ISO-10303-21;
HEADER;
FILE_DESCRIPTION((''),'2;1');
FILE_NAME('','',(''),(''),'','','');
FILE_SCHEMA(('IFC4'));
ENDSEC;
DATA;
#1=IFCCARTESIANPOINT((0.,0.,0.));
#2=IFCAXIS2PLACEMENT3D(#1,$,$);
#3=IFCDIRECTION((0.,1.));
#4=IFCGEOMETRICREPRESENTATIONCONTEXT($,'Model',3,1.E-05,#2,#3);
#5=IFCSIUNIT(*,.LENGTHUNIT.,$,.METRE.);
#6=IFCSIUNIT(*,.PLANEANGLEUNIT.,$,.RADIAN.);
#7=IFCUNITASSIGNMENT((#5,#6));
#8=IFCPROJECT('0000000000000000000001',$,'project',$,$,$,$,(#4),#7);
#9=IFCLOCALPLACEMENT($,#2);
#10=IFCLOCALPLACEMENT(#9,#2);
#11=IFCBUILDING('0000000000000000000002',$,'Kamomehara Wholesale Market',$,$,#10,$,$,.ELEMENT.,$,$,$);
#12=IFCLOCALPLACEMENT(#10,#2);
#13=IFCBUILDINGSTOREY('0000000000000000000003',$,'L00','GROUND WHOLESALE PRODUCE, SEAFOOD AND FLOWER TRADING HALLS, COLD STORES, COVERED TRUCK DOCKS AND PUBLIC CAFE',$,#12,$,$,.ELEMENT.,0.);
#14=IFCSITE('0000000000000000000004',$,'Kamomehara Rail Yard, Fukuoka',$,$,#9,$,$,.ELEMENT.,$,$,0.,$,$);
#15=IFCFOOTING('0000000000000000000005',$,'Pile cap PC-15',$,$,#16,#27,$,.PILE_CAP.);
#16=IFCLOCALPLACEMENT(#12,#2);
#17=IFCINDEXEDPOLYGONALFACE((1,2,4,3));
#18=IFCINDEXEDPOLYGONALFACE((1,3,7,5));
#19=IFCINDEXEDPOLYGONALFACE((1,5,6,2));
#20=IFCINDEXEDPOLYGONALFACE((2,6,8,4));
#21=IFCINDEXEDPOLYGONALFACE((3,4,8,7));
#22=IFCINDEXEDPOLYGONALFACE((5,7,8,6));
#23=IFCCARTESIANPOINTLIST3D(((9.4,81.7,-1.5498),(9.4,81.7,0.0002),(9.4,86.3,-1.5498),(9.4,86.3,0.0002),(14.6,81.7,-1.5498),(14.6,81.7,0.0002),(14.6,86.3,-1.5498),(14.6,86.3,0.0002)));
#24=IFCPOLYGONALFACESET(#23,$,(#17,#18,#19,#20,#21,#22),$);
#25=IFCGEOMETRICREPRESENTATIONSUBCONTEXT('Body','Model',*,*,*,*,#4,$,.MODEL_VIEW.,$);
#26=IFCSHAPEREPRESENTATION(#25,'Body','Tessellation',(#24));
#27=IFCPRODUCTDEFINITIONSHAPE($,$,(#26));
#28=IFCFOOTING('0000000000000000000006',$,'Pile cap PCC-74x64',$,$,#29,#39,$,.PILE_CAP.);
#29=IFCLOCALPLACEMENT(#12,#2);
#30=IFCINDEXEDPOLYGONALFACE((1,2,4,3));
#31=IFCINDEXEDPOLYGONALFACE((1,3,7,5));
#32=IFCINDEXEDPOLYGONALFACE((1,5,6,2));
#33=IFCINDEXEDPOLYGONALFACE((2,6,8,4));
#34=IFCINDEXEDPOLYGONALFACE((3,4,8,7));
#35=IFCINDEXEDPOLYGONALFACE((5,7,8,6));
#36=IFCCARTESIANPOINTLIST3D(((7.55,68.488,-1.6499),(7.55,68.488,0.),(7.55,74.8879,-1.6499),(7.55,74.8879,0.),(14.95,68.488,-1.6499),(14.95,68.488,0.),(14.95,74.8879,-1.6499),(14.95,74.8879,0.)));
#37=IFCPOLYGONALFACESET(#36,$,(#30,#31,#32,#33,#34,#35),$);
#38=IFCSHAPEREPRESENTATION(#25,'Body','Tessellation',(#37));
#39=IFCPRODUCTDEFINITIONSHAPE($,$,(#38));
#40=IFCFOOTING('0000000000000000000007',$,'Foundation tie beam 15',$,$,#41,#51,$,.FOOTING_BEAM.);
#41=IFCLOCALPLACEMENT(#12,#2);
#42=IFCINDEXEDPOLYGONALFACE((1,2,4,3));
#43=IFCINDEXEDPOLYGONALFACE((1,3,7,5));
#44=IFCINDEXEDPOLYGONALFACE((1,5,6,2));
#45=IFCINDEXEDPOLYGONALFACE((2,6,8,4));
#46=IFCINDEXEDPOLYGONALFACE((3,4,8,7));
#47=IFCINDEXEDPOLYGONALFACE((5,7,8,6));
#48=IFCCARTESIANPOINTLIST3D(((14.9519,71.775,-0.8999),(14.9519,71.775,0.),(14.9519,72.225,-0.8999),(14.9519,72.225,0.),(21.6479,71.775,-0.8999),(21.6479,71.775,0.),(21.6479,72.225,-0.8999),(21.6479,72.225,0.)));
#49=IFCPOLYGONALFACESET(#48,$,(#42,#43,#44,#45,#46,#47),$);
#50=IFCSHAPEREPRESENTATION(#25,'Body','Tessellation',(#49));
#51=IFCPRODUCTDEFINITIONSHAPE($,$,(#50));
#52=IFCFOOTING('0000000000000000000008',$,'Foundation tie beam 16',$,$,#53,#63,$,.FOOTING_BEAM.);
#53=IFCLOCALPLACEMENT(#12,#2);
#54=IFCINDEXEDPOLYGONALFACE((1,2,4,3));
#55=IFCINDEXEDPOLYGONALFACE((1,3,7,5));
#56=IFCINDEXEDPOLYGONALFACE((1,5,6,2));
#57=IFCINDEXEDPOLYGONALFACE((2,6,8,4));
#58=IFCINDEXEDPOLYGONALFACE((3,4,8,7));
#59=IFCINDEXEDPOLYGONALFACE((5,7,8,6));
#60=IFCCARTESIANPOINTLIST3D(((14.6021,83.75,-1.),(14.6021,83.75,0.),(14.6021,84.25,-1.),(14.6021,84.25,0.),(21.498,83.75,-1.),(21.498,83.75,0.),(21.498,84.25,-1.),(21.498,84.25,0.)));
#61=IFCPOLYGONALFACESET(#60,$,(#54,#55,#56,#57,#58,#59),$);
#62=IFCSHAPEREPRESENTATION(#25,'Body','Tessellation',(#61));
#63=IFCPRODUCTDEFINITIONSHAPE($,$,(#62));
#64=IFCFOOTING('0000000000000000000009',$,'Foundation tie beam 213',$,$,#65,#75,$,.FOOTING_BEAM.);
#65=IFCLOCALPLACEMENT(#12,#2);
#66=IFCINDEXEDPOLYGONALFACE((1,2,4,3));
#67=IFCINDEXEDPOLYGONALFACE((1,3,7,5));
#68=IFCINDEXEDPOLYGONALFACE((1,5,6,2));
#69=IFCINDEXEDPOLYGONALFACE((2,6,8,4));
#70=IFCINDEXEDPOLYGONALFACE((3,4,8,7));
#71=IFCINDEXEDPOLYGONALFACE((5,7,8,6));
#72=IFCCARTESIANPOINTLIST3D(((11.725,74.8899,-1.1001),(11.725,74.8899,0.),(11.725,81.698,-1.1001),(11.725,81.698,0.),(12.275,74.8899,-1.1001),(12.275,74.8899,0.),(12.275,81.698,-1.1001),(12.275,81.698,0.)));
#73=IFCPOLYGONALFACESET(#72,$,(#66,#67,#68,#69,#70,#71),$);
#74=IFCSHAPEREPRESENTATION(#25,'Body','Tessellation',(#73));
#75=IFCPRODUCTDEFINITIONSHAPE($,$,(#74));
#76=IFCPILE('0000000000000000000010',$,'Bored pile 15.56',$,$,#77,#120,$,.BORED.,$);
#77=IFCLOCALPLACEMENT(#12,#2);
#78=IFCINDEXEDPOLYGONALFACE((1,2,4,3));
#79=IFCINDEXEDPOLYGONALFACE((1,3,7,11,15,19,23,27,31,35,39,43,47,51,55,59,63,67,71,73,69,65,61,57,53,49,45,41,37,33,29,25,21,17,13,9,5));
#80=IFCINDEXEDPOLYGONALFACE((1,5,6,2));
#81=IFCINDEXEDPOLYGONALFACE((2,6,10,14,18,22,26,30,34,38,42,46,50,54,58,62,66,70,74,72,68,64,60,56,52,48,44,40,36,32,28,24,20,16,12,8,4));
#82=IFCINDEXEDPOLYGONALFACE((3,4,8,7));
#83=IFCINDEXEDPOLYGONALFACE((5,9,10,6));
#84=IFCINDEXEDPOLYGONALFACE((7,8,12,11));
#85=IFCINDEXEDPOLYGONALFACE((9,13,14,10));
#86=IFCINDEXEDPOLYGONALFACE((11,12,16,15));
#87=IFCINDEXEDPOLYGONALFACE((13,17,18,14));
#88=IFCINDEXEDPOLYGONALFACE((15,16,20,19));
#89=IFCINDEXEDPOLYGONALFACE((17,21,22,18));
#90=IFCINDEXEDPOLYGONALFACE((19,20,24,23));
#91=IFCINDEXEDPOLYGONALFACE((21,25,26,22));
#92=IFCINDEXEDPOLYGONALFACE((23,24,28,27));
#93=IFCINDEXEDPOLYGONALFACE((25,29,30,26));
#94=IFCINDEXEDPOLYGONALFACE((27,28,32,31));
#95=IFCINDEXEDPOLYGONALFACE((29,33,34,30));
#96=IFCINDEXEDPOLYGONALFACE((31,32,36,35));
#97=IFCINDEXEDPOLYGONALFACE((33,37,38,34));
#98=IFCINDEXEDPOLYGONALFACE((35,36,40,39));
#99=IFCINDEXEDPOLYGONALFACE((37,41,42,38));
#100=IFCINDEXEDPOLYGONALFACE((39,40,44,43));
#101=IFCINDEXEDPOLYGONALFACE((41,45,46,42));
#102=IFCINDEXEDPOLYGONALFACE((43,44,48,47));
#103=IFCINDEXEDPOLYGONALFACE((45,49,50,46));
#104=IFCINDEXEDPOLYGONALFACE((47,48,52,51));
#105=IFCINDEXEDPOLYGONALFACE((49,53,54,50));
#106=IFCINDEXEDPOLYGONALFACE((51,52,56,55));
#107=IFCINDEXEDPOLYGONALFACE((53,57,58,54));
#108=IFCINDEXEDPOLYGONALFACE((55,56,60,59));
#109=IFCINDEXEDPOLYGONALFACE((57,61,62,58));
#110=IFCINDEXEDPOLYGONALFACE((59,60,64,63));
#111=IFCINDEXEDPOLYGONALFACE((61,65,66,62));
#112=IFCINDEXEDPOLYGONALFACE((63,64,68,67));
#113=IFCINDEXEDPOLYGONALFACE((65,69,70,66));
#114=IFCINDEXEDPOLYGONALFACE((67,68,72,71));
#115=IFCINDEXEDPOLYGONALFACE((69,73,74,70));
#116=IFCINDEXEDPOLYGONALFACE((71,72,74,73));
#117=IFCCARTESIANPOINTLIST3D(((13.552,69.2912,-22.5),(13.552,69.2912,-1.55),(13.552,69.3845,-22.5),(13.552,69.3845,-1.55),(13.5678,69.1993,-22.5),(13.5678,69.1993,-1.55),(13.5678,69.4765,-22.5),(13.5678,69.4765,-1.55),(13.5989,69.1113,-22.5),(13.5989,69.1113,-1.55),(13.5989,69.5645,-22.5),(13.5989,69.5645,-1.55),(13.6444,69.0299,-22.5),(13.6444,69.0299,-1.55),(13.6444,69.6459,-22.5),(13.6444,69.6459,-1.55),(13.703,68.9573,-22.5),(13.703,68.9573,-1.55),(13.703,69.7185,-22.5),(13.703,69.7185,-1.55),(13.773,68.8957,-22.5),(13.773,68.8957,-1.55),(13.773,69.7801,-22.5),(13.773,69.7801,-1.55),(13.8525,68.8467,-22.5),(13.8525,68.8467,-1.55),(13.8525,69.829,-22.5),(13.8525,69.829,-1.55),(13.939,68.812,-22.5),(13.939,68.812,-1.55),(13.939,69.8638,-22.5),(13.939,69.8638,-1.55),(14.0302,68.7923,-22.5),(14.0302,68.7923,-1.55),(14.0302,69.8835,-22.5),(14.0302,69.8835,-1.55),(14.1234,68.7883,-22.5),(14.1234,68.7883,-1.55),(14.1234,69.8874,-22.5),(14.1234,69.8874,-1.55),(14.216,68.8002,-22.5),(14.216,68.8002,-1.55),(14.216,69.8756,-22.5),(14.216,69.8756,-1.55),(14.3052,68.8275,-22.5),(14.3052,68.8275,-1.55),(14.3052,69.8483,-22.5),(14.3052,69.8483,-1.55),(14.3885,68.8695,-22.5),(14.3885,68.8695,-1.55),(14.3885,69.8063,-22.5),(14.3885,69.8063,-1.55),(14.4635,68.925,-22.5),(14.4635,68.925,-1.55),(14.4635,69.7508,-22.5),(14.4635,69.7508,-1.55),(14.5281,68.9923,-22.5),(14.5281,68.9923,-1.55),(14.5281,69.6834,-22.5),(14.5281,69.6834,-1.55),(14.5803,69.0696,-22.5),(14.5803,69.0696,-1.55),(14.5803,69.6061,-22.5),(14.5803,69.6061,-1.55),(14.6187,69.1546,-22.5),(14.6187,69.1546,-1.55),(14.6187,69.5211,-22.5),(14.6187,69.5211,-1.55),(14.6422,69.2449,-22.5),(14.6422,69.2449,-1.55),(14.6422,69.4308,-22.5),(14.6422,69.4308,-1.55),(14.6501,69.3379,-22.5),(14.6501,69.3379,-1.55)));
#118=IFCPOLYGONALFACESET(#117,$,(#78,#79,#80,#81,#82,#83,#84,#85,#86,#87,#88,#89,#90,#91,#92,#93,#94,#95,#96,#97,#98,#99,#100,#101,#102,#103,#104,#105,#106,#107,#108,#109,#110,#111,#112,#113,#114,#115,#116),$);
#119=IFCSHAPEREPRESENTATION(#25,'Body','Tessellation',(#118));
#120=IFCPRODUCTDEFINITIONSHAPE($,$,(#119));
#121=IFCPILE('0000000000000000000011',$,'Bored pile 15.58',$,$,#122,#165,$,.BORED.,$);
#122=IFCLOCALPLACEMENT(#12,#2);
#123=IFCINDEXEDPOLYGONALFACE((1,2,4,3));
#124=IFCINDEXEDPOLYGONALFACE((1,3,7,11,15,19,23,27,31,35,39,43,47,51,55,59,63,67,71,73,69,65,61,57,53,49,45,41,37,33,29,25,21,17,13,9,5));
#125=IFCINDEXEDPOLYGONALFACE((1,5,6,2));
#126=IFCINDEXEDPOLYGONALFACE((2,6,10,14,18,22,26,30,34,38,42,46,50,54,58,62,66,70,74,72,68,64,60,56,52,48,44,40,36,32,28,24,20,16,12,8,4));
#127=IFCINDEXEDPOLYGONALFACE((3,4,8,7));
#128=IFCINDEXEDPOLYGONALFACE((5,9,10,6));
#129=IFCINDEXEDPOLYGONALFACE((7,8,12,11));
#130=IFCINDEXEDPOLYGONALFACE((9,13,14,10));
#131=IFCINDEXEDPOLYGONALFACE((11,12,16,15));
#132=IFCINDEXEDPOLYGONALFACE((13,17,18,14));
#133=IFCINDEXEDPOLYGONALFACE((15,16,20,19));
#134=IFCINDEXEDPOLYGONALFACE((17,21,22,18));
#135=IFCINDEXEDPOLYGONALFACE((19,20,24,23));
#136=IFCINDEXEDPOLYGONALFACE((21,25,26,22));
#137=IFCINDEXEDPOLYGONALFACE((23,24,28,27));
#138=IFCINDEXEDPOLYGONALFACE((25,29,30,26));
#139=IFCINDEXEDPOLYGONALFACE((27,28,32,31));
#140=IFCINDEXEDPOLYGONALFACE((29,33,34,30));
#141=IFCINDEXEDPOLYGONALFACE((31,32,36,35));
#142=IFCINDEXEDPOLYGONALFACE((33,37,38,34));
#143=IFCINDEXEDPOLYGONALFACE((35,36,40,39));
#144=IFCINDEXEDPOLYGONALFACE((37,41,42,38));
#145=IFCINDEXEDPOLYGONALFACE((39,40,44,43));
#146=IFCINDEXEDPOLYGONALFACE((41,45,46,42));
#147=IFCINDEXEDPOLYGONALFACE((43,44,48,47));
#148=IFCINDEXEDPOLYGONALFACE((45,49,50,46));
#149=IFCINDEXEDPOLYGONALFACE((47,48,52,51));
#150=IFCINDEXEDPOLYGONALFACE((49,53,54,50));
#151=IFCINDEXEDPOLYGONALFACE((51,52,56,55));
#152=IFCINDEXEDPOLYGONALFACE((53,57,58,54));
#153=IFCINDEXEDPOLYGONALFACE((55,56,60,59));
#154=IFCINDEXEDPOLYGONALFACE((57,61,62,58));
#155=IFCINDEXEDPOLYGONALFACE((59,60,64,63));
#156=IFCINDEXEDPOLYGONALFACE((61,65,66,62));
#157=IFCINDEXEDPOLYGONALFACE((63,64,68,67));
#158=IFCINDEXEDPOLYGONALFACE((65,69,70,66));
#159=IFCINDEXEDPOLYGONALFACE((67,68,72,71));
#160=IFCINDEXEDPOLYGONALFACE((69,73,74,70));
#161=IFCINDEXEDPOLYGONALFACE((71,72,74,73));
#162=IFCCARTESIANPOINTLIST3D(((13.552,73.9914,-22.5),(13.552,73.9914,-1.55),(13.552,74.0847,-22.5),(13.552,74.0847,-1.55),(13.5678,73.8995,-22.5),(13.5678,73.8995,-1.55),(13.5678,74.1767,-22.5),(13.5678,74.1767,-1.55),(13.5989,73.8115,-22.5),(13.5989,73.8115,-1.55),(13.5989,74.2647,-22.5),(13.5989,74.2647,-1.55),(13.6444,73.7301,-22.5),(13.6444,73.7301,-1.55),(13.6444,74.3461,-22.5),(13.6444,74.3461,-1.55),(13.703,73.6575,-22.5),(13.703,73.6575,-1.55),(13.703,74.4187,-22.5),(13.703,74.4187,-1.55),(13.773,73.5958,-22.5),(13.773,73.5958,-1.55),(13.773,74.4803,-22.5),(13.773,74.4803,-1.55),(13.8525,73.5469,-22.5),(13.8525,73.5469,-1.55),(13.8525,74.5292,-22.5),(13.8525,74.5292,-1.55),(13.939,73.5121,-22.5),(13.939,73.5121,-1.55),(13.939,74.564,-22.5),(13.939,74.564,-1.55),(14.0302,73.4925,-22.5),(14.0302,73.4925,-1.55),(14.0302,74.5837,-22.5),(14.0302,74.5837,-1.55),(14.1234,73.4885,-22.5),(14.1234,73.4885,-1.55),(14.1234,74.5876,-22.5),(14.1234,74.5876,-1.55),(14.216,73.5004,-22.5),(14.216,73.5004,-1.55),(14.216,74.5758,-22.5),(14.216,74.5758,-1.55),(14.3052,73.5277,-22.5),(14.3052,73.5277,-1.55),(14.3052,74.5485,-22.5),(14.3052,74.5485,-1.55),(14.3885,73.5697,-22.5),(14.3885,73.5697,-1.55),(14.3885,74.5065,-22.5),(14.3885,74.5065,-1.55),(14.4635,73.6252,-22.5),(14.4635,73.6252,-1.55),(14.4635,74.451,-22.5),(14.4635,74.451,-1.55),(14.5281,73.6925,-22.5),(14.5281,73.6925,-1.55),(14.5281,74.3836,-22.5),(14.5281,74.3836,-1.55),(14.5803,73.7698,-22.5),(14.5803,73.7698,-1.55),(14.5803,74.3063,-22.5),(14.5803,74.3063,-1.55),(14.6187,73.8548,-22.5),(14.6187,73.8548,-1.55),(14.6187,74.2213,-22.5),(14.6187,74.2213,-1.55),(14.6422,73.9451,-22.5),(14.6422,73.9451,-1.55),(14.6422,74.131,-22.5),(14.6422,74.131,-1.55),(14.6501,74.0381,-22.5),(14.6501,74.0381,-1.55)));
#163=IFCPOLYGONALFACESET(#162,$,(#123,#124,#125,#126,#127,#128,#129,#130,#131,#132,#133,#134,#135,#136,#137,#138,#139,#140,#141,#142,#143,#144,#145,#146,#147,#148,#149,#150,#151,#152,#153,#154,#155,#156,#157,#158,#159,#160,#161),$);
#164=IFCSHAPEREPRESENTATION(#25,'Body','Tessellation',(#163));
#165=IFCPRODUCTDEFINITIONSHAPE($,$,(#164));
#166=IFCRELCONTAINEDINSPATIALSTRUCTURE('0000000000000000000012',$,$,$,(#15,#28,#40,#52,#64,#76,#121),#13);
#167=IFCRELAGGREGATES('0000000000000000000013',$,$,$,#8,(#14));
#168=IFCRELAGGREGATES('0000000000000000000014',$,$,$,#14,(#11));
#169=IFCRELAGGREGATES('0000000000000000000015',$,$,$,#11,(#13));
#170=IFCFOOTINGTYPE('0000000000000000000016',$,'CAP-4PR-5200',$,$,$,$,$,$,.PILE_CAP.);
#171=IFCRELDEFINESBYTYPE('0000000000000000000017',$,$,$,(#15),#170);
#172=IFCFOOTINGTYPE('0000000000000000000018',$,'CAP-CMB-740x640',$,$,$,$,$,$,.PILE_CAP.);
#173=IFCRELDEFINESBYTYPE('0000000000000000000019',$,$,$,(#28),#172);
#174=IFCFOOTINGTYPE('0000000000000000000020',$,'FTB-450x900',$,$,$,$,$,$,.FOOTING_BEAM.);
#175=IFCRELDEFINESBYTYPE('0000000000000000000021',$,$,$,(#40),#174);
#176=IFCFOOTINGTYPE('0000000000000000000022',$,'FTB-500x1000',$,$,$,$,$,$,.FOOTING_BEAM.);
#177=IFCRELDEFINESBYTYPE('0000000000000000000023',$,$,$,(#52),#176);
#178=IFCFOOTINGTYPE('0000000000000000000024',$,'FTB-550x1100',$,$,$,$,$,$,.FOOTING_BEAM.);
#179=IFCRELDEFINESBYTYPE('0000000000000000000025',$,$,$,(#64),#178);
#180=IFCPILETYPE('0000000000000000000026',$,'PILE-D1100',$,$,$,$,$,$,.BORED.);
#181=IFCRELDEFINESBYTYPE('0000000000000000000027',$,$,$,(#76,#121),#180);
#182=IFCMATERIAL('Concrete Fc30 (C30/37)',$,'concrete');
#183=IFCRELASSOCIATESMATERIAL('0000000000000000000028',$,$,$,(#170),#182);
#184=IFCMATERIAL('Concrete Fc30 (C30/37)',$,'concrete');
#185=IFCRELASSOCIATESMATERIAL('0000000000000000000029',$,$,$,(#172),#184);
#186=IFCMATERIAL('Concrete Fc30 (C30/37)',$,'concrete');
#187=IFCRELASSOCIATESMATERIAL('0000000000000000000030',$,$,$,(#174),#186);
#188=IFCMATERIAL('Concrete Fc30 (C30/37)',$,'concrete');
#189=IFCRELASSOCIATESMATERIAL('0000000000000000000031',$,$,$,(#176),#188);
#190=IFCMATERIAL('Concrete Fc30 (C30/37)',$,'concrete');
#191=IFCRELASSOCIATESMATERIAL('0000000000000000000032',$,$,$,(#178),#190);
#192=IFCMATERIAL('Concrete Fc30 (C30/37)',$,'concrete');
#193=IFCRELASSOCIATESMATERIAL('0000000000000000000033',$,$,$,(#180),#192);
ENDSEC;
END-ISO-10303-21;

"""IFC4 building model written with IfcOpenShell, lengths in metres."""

from ifc_helpers import new_model, si_unit, direction, frame, origin, origin_2d, place, context, subcontext, project, spatial, rectangle, circle, extrude, material, material_profile, profile_set, type_object, element, save


model = new_model("IFC4")

# Units and contexts
model_context = context("Model", 3, precision=1e-05, world=origin(), true_north=direction((0.0, 1.0)))
body_context = subcontext(model_context, "Body", "Model", "MODEL_VIEW")
ifc_project = project(units=[si_unit("LENGTHUNIT", "METRE"), si_unit("PLANEANGLEUNIT", "RADIAN")], contexts=[model_context])

# Site, building, storey
site_placement = place(None, origin())
site = spatial("IfcSite", under=ifc_project, at=site_placement, Name="Kamomehara Rail Yard, Fukuoka", CompositionType="ELEMENT", RefElevation=0.0)
building_placement = place(site_placement, origin())
building = spatial("IfcBuilding", under=site, at=building_placement, Name="Kamomehara Wholesale Market", CompositionType="ELEMENT")
storey_placement = place(building_placement, origin())
storey = spatial("IfcBuildingStorey", under=building, at=storey_placement, Name="L00", Description="GROUND WHOLESALE PRODUCE, SEAFOOD AND FLOWER TRADING HALLS, COLD STORES, COVERED TRUCK DOCKS AND PUBLIC CAFE", CompositionType="ELEMENT", Elevation=0.0)

# Footings
ifc_material_1 = material(Name="Concrete Fc30 (C30/37)", Category="concrete")
footing_type_1 = type_object("IfcFootingType", Name="CAP-4PR-5200", PredefinedType="PILE_CAP", material=ifc_material_1)
footing_1_placement = place(storey_placement, frame((12.0, 84.0, -1.5498), z_axis=(0.0, 0.0, 1.0), x_axis=(1.0, 0.0, 0.0)))
element("IfcFooting", 1, at=footing_1_placement, inside=storey, type_object=footing_type_1, Name="Pile cap PC-15", PredefinedType="PILE_CAP", context=body_context, shape_type="SweptSolid", body=[
    extrude(rectangle(XDim=5.2, YDim=4.6001, at=origin_2d()), origin(), (0.0, 0.0, 1.0), 1.55),
])
ifc_material_2 = material(Name="Concrete Fc30 (C30/37)", Category="concrete")
footing_type_2 = type_object("IfcFootingType", Name="CAP-CMB-740x640", PredefinedType="PILE_CAP", material=ifc_material_2)
footing_2_placement = place(storey_placement, frame((11.25, 71.688, -1.6499), z_axis=(0.0, 0.0, 1.0), x_axis=(1.0, 0.0, 0.0)))
element("IfcFooting", 2, at=footing_2_placement, inside=storey, type_object=footing_type_2, Name="Pile cap PCC-74x64", PredefinedType="PILE_CAP", context=body_context, shape_type="SweptSolid", body=[
    extrude(rectangle(XDim=7.3999, YDim=6.3999, at=origin_2d()), origin(), (0.0, 0.0, 1.0), 1.6499),
])
ifc_material_3 = material(Name="Concrete Fc30 (C30/37)", Category="concrete")
ifc_material_profile_1 = material_profile(ifc_material_3, rectangle(XDim=0.45, YDim=0.8999, at=origin_2d()), Name="RC-FTB-450x900")
ifc_profile_set_1 = profile_set([ifc_material_profile_1], Name="Concrete Fc30 (C30/37)")
footing_type_3 = type_object("IfcFootingType", Name="FTB-450x900", PredefinedType="FOOTING_BEAM", material=ifc_profile_set_1)
footing_3_placement = place(storey_placement, frame((14.9519, 72.0, -0.45), z_axis=(1.0, 0.0, 0.0), x_axis=(0.0, 1.0, 0.0)))
element("IfcFooting", 3, at=footing_3_placement, inside=storey, type_object=footing_type_3, Name="Foundation tie beam 15", PredefinedType="FOOTING_BEAM", context=body_context, shape_type="SweptSolid", body=[
    extrude(rectangle(XDim=0.45, YDim=0.8999, at=origin_2d()), origin(), (0.0, 0.0, 1.0), 6.696),
])
ifc_material_4 = material(Name="Concrete Fc30 (C30/37)", Category="concrete")
ifc_material_profile_2 = material_profile(ifc_material_4, rectangle(XDim=0.5, YDim=1.0, at=origin_2d()), Name="RC-FTB-500x1000")
ifc_profile_set_2 = profile_set([ifc_material_profile_2], Name="Concrete Fc30 (C30/37)")
footing_type_4 = type_object("IfcFootingType", Name="FTB-500x1000", PredefinedType="FOOTING_BEAM", material=ifc_profile_set_2)
footing_4_placement = place(storey_placement, frame((14.6021, 84.0, -0.5), z_axis=(1.0, 0.0, 0.0), x_axis=(0.0, 1.0, 0.0)))
element("IfcFooting", 4, at=footing_4_placement, inside=storey, type_object=footing_type_4, Name="Foundation tie beam 16", PredefinedType="FOOTING_BEAM", context=body_context, shape_type="SweptSolid", body=[
    extrude(rectangle(XDim=0.5, YDim=1.0, at=origin_2d()), origin(), (0.0, 0.0, 1.0), 6.896),
])
ifc_material_5 = material(Name="Concrete Fc30 (C30/37)", Category="concrete")
ifc_material_profile_3 = material_profile(ifc_material_5, rectangle(XDim=0.55, YDim=1.1001, at=origin_2d()), Name="RC-FTB-550x1100")
ifc_profile_set_3 = profile_set([ifc_material_profile_3], Name="Concrete Fc30 (C30/37)")
footing_type_5 = type_object("IfcFootingType", Name="FTB-550x1100", PredefinedType="FOOTING_BEAM", material=ifc_profile_set_3)
footing_5_placement = place(storey_placement, frame((12.0, 74.8899, -0.55), z_axis=(0.0, 1.0, 0.0), x_axis=(-1.0, 0.0, 0.0)))
element("IfcFooting", 5, at=footing_5_placement, inside=storey, type_object=footing_type_5, Name="Foundation tie beam 213", PredefinedType="FOOTING_BEAM", context=body_context, shape_type="SweptSolid", body=[
    extrude(rectangle(XDim=0.55, YDim=1.1001, at=origin_2d()), origin(), (0.0, 0.0, 1.0), 6.8081),
])

# Piles
ifc_material_6 = material(Name="Concrete Fc30 (C30/37)", Category="concrete")
ifc_material_profile_4 = material_profile(ifc_material_6, circle(Radius=0.55, at=origin_2d()), Name="RC-PILE-D1100")
ifc_profile_set_4 = profile_set([ifc_material_profile_4], Name="Concrete Fc30 (C30/37)")
pile_type_1 = type_object("IfcPileType", Name="PILE-D1100", PredefinedType="BORED", material=ifc_profile_set_4)
for number, where, z_axis, x_axis, name in (
    (6, (14.1001, 69.3379, -1.55), (0.0, 0.0, -1.0), (1.0, 0.0, 0.0), "Bored pile 15.56"),
    (7, (14.1001, 74.0381, -1.55), (0.0, 0.0, -1.0), (1.0, 0.0, 0.0), "Bored pile 15.58"),
):
    element("IfcPile", number, at=place(storey_placement, frame(where, z_axis=z_axis, x_axis=x_axis)), inside=storey, type_object=pile_type_1, Name=name, PredefinedType="BORED", context=body_context, shape_type="SweptSolid", body=[
        extrude(circle(Radius=0.55, at=origin_2d()), origin(), (0.0, 0.0, 1.0), 20.95),
    ])

save(model, "model.ifc")
